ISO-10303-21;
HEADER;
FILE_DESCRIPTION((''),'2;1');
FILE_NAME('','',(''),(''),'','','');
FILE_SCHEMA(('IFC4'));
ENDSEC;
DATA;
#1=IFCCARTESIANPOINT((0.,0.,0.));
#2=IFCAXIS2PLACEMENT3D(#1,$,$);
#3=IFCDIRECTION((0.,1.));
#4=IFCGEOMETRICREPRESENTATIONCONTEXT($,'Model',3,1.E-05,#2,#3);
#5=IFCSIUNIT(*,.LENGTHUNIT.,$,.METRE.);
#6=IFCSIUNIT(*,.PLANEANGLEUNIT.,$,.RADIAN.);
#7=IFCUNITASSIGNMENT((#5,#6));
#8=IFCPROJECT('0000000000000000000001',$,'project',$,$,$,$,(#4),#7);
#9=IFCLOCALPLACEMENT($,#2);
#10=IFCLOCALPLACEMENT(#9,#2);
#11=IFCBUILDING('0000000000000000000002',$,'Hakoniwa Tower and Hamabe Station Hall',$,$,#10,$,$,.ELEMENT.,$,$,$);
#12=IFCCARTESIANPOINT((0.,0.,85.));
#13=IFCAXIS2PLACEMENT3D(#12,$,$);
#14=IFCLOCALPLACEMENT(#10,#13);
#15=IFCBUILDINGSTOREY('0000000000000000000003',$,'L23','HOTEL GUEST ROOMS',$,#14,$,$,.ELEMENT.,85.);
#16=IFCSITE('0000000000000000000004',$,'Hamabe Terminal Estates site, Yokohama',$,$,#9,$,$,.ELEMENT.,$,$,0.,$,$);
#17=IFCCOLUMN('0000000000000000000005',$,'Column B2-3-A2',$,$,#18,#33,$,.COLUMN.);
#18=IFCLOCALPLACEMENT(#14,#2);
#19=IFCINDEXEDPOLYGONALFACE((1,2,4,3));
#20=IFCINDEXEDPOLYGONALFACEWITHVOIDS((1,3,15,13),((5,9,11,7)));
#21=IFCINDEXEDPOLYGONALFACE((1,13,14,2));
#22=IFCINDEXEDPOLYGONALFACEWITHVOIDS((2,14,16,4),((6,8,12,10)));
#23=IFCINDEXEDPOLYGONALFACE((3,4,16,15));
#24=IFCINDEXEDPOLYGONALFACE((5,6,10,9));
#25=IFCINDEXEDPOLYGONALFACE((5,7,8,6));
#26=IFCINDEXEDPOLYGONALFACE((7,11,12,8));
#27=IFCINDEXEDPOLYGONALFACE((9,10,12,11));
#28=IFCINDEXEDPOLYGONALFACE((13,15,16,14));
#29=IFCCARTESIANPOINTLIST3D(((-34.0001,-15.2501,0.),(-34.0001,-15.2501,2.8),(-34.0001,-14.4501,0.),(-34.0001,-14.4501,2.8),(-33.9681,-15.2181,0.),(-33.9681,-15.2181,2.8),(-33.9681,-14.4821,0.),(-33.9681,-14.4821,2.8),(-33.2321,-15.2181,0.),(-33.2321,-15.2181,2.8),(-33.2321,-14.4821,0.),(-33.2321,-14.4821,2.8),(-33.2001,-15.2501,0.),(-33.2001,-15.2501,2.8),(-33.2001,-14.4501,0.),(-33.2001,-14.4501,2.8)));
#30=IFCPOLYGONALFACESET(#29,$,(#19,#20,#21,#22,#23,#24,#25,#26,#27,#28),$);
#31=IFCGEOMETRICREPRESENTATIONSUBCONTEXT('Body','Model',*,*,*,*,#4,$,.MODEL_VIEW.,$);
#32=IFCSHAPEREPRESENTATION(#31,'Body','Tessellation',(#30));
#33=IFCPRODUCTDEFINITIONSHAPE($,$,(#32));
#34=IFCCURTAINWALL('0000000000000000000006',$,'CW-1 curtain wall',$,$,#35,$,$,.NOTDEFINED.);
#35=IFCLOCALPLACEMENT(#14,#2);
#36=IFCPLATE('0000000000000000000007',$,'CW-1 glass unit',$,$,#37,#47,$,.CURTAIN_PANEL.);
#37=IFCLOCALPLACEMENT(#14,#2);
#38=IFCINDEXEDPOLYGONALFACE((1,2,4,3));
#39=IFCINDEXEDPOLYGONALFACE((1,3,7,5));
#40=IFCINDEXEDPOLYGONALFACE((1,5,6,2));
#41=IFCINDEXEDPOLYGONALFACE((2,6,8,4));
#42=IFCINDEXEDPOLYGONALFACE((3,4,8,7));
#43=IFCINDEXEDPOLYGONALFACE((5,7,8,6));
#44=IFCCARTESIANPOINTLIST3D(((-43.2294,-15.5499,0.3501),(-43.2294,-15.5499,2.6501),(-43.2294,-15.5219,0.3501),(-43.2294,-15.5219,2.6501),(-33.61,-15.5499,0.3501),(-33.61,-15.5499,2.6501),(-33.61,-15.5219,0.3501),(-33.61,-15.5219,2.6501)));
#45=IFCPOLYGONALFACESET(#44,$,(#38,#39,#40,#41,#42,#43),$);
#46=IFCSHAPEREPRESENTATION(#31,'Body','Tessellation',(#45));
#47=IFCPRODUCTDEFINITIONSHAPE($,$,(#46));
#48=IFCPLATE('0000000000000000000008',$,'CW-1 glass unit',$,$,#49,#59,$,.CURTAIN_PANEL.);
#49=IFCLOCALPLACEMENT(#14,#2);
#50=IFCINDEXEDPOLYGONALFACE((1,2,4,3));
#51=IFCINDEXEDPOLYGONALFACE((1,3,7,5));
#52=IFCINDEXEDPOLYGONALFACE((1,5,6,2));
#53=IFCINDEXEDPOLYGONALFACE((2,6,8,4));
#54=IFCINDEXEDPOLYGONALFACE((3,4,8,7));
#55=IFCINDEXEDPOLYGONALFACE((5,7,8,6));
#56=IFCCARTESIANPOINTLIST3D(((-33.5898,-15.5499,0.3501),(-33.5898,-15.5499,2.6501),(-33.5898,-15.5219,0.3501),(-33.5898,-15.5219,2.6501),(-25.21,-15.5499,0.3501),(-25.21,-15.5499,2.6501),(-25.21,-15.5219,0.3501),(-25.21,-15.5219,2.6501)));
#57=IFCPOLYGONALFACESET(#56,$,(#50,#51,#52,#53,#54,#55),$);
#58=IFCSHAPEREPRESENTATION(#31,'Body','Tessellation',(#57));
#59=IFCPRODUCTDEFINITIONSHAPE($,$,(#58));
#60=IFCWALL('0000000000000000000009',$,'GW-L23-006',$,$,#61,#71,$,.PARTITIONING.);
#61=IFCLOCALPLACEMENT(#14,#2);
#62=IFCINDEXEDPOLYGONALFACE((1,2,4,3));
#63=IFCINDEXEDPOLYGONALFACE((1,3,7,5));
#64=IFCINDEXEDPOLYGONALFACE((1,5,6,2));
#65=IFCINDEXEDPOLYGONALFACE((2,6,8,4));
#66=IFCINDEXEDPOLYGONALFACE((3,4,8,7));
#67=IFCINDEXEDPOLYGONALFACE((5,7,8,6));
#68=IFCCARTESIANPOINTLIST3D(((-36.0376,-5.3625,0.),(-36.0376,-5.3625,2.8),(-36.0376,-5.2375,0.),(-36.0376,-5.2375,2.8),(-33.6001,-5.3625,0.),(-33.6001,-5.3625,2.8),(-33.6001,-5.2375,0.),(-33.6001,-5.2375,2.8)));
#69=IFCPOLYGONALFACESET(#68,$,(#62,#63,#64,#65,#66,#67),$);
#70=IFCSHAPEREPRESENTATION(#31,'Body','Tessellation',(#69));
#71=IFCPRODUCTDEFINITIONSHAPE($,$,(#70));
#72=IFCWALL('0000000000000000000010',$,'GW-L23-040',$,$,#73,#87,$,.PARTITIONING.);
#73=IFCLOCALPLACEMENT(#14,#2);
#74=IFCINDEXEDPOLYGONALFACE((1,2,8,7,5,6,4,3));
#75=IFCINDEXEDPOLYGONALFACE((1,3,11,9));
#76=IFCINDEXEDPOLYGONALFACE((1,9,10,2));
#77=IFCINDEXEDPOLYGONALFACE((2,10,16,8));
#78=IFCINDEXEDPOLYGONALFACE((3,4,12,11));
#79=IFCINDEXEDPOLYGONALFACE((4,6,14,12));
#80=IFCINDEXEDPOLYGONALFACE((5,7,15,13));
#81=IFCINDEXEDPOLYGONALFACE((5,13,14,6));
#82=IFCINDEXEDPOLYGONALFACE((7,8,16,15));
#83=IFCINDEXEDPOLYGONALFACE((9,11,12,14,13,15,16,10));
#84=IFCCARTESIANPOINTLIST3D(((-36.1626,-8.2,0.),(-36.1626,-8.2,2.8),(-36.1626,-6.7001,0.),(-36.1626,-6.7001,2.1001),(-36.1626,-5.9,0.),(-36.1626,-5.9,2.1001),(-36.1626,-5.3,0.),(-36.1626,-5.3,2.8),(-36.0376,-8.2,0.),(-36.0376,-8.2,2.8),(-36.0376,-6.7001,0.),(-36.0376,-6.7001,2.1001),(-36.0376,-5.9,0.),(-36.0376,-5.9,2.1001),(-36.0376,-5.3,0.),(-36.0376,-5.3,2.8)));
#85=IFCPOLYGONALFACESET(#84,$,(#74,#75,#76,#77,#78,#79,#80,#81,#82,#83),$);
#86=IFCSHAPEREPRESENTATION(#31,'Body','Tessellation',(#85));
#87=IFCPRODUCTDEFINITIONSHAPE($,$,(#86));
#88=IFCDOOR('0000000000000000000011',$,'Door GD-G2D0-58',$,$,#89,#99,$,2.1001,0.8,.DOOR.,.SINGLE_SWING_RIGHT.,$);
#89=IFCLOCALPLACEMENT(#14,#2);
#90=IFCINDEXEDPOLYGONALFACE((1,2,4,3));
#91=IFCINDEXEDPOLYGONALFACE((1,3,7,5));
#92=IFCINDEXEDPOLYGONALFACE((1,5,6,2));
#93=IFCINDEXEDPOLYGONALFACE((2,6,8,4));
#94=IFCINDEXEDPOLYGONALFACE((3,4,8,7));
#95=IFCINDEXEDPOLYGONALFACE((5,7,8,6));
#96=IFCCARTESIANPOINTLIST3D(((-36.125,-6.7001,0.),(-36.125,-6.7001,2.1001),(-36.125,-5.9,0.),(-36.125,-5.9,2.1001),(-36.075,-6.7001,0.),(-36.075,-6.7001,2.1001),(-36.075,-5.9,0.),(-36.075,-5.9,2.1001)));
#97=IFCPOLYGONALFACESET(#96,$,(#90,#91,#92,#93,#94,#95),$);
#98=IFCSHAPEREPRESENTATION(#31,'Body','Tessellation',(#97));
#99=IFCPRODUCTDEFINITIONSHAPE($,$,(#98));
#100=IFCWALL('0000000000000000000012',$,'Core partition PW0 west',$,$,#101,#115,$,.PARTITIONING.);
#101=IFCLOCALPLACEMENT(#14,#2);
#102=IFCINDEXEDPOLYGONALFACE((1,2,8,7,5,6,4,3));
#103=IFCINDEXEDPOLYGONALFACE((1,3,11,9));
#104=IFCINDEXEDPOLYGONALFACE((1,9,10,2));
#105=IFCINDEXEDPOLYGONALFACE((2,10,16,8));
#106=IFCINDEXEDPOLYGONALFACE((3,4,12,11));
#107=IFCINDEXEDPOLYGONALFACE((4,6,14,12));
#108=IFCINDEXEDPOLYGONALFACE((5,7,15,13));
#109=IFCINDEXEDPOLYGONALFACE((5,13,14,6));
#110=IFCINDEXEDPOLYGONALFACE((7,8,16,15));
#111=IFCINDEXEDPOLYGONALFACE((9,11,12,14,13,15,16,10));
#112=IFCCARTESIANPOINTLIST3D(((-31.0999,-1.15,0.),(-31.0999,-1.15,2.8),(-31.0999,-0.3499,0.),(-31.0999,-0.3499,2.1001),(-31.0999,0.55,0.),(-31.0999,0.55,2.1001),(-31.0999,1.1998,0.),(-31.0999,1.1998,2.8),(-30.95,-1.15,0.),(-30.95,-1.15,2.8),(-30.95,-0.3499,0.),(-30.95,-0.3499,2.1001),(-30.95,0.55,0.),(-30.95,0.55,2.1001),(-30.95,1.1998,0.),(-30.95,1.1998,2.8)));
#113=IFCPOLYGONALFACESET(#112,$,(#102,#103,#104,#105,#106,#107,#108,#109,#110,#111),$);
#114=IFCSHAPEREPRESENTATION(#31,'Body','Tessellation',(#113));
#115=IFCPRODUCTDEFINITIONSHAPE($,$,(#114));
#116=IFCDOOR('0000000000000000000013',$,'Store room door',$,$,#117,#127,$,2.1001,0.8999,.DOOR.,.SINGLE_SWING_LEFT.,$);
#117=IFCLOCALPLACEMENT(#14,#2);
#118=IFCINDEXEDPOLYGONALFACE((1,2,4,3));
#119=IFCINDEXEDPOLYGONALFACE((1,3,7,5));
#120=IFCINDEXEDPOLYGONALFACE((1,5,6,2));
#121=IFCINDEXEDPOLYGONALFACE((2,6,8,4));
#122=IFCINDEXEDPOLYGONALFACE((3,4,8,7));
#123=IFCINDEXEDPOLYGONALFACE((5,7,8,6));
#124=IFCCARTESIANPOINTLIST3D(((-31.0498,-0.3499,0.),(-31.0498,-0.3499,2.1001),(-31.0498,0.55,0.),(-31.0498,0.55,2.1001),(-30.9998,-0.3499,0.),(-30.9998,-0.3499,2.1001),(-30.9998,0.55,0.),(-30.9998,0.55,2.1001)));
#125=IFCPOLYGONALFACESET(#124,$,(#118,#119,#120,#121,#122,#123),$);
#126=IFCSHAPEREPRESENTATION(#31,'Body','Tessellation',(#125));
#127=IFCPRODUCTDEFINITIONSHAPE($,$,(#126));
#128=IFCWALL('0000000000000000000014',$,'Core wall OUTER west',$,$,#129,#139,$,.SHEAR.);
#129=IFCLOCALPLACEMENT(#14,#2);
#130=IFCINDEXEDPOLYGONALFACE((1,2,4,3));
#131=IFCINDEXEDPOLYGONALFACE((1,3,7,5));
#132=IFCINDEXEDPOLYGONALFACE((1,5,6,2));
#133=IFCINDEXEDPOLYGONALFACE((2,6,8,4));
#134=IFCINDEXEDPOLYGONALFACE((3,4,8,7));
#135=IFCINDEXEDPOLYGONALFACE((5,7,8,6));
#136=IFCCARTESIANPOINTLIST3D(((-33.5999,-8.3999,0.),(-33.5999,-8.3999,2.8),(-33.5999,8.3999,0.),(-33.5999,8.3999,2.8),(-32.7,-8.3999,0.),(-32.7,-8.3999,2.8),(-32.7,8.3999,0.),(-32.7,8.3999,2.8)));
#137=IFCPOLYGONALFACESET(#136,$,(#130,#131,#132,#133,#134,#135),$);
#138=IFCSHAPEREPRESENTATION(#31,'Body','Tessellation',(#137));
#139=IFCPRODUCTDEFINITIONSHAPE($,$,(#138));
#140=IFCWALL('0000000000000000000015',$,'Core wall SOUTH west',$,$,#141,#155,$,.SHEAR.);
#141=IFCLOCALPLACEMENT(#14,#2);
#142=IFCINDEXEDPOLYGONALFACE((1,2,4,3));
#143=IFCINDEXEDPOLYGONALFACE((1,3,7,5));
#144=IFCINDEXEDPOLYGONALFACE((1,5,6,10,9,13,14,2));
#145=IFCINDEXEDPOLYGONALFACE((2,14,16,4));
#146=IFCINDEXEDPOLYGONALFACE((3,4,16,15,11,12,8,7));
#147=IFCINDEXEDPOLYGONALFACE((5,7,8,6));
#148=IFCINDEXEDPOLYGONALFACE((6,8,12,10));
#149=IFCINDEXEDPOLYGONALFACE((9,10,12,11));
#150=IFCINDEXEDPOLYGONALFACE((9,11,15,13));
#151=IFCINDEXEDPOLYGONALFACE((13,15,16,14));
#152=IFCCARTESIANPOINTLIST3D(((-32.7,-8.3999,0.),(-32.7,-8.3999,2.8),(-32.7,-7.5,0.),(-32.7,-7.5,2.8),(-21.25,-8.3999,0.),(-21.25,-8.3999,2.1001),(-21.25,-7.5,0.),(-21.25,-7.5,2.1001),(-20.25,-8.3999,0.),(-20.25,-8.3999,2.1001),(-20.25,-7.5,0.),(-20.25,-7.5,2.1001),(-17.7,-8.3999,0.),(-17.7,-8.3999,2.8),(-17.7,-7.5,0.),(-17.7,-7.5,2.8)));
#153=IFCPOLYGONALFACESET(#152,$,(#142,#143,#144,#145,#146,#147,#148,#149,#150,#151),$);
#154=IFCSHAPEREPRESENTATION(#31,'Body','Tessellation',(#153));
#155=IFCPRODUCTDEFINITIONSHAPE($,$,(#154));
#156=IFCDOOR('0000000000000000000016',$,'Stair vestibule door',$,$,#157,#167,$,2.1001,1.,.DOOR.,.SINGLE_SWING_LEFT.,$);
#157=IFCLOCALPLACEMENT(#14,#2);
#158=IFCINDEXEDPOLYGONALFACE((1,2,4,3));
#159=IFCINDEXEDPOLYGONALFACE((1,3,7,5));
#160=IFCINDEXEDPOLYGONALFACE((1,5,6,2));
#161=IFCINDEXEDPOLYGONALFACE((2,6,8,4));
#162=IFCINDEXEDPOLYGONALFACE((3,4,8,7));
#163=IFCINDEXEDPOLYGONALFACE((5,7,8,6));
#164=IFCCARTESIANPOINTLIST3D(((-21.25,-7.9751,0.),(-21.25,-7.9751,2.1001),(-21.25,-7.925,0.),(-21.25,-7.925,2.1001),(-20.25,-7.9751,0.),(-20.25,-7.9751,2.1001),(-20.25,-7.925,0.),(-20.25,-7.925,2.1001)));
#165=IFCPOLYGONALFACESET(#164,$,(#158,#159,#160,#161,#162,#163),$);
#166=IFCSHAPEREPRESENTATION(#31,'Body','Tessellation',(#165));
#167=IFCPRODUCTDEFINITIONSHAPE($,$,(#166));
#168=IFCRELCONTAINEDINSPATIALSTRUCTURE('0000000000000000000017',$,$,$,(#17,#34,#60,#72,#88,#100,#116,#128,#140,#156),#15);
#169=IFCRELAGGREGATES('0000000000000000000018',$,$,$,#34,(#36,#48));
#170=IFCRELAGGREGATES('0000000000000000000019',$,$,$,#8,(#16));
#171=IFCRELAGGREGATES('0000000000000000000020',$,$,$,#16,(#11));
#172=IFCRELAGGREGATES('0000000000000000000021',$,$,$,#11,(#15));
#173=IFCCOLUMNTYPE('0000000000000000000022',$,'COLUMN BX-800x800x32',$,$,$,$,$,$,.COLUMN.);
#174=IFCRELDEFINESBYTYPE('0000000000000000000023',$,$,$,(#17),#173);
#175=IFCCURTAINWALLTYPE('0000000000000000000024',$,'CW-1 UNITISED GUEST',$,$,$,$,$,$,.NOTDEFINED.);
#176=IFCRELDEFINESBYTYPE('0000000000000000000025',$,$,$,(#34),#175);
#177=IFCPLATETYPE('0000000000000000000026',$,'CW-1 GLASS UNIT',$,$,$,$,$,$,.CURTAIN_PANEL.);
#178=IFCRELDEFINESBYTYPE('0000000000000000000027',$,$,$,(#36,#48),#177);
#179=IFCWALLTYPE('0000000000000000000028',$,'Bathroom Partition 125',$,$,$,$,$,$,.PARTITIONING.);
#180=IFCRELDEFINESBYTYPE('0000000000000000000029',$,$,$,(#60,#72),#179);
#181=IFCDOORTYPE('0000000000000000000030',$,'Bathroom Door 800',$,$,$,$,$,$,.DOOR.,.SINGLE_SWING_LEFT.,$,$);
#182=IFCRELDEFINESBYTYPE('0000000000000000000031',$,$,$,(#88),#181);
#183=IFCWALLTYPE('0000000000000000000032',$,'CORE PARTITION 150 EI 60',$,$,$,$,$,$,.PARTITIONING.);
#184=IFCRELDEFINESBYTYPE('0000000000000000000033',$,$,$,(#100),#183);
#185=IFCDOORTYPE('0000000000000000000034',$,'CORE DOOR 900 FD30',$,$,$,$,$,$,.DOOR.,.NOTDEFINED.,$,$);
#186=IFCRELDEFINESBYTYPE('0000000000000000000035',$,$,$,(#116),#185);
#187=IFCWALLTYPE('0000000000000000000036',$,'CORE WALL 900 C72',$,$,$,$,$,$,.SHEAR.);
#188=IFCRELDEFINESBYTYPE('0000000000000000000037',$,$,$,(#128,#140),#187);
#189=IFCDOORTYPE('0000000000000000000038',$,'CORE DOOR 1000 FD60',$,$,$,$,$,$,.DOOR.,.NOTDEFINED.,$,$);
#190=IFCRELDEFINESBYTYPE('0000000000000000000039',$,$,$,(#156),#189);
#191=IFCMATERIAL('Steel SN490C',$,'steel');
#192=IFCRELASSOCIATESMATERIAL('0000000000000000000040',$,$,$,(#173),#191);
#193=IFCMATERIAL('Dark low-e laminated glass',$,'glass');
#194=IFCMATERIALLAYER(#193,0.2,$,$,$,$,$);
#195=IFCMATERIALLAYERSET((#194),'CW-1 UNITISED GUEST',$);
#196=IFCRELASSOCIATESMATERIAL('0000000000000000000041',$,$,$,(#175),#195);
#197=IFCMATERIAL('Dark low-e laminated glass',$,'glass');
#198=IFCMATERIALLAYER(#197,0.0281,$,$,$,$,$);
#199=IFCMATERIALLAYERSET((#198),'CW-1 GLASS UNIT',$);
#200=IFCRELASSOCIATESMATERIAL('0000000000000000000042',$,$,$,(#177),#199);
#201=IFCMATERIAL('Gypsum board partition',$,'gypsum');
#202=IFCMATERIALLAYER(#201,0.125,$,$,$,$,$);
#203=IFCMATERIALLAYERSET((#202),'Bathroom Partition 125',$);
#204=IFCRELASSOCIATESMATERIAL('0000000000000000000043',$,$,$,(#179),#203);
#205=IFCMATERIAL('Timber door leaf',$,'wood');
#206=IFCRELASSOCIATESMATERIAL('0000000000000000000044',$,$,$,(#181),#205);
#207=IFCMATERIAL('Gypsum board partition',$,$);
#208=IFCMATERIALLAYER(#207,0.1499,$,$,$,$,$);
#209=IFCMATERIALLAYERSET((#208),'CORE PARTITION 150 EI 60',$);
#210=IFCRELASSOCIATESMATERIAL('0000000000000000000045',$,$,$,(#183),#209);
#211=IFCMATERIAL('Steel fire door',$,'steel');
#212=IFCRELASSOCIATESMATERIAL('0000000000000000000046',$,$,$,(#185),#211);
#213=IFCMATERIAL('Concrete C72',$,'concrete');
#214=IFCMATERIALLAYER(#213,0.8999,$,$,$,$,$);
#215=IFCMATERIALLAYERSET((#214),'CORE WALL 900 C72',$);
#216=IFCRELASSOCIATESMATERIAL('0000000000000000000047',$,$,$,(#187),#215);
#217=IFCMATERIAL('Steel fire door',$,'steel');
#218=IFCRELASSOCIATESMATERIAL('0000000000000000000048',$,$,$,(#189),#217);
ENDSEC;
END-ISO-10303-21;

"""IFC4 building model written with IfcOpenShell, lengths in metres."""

from ifc_helpers import new_model, si_unit, direction, frame, frame_2d, origin, origin_2d, place, context, subcontext, project, spatial, rectangle, hollow_rectangle, extrude, material, layer, layer_set, material_profile, profile_set, type_object, element, fill, aggregate, save


model = new_model("IFC4")

# Units and contexts
model_context = context("Model", 3, precision=1e-05, world=origin(), true_north=direction((0.0, 1.0)))
body_context = subcontext(model_context, "Body", "Model", "MODEL_VIEW")
ifc_project = project(units=[si_unit("LENGTHUNIT", "METRE"), si_unit("PLANEANGLEUNIT", "RADIAN")], contexts=[model_context])

# Site, building, storey
site_placement = place(None, origin())
site = spatial("IfcSite", under=ifc_project, at=site_placement, Name="Hamabe Terminal Estates site, Yokohama", CompositionType="ELEMENT", RefElevation=0.0)
building_placement = place(site_placement, origin())
building = spatial("IfcBuilding", under=site, at=building_placement, Name="Hakoniwa Tower and Hamabe Station Hall", CompositionType="ELEMENT")
storey_placement = place(building_placement, frame((0.0, 0.0, 85.0)))
storey = spatial("IfcBuildingStorey", under=building, at=storey_placement, Name="L23", Description="HOTEL GUEST ROOMS", CompositionType="ELEMENT", Elevation=85.0)

# Column
ifc_material_1 = material(Name="Steel SN490C", Category="steel")
ifc_material_profile = material_profile(ifc_material_1, hollow_rectangle(XDim=0.8, YDim=0.8, WallThickness=0.032, at=origin_2d()), Name="BX-800x800x32")
ifc_profile_set = profile_set([ifc_material_profile], Name="Steel SN490C")
column_type = type_object("IfcColumnType", Name="COLUMN BX-800x800x32", PredefinedType="COLUMN", material=ifc_profile_set)
column_placement = place(storey_placement, frame((-33.6001, -14.8501, 0.0), z_axis=(0.0, 0.0, 1.0), x_axis=(1.0, 0.0, 0.0)))
element("IfcColumn", 1, at=column_placement, inside=storey, type_object=column_type, Name="Column B2-3-A2", PredefinedType="COLUMN", context=body_context, shape_type="SweptSolid", body=[
    extrude(hollow_rectangle(XDim=0.8, YDim=0.8, WallThickness=0.032, at=origin_2d()), origin(), (0.0, 0.0, 1.0), 2.8),
])

# Curtain wall, plates
ifc_material_2 = material(Name="Dark low-e laminated glass", Category="glass")
ifc_layer_1 = layer(ifc_material_2, 0.2)
ifc_layer_set_1 = layer_set([ifc_layer_1], Name="CW-1 UNITISED GUEST")
curtain_wall_type = type_object("IfcCurtainWallType", Name="CW-1 UNITISED GUEST", PredefinedType="NOTDEFINED", material=ifc_layer_set_1)
curtain_wall_placement = place(storey_placement, origin())
curtain_wall = element("IfcCurtainWall", 2, at=curtain_wall_placement, inside=storey, type_object=curtain_wall_type, Name="CW-1 curtain wall", PredefinedType="NOTDEFINED")
ifc_material_3 = material(Name="Dark low-e laminated glass", Category="glass")
ifc_layer_2 = layer(ifc_material_3, 0.0281)
ifc_layer_set_2 = layer_set([ifc_layer_2], Name="CW-1 GLASS UNIT")
plate_type = type_object("IfcPlateType", Name="CW-1 GLASS UNIT", PredefinedType="CURTAIN_PANEL", material=ifc_layer_set_2)
plate_1_placement = place(storey_placement, frame((-38.4197, -15.5359, 0.3501), z_axis=(0.0, 0.0, 1.0), x_axis=(1.0, 0.0, 0.0)))
plate_1 = element("IfcPlate", 3, at=plate_1_placement, type_object=plate_type, Name="CW-1 glass unit", PredefinedType="CURTAIN_PANEL", context=body_context, shape_type="SweptSolid", body=[
    extrude(rectangle(XDim=9.6194, YDim=0.0281, at=origin_2d()), origin(), (0.0, 0.0, 1.0), 2.3),
])
plate_2_placement = place(storey_placement, frame((-29.3999, -15.5359, 0.3501), z_axis=(0.0, 0.0, 1.0), x_axis=(1.0, 0.0, 0.0)))
plate_2 = element("IfcPlate", 4, at=plate_2_placement, type_object=plate_type, Name="CW-1 glass unit", PredefinedType="CURTAIN_PANEL", context=body_context, shape_type="SweptSolid", body=[
    extrude(rectangle(XDim=8.3799, YDim=0.0281, at=origin_2d()), origin(), (0.0, 0.0, 1.0), 2.3),
])
aggregate(curtain_wall, [plate_1, plate_2])

# Wall
ifc_material_4 = material(Name="Gypsum board partition", Category="gypsum")
ifc_layer_3 = layer(ifc_material_4, 0.125)
ifc_layer_set_3 = layer_set([ifc_layer_3], Name="Bathroom Partition 125")
wall_type_1 = type_object("IfcWallType", Name="Bathroom Partition 125", PredefinedType="PARTITIONING", material=ifc_layer_set_3)
wall_1_placement = place(storey_placement, frame((-36.0376, -5.3, 0.0), z_axis=(0.0, 0.0, 1.0), x_axis=(1.0, 0.0, 0.0)))
element("IfcWall", 5, at=wall_1_placement, inside=storey, type_object=wall_type_1, Name="GW-L23-006", PredefinedType="PARTITIONING", context=body_context, shape_type="SweptSolid", body=[
    extrude(rectangle(XDim=2.4375, YDim=0.125, at=frame_2d((1.2188, 0.0))), origin(), (0.0, 0.0, 1.0), 2.8),
])

# Walls, openings, doors
wall_2_placement = place(storey_placement, frame((-36.1001, -8.2, 0.0), z_axis=(0.0, 0.0, 1.0), x_axis=(0.0, 1.0, 0.0)))
wall_2 = element("IfcWall", 6, at=wall_2_placement, inside=storey, type_object=wall_type_1, Name="GW-L23-040", PredefinedType="PARTITIONING", context=body_context, shape_type="SweptSolid", body=[
    extrude(rectangle(XDim=2.8999, YDim=0.125, at=frame_2d((1.45, 0.0))), origin(), (0.0, 0.0, 1.0), 2.8),
])
opening_1_placement = place(wall_2_placement, frame((1.5, 0.0, 0.0)))
opening_1 = element("IfcOpeningElement", 7, at=opening_1_placement, cuts=wall_2, PredefinedType="OPENING", context=body_context, shape_type="SweptSolid", body=[
    extrude(rectangle(XDim=0.8, YDim=2.1001, at=frame_2d((0.3999, 1.05))), frame((0.0, 0.0725, 0.0), z_axis=(0.0, -1.0, 0.0), x_axis=(1.0, 0.0, 0.0)), (0.0, 0.0, 1.0), 0.145),
])
ifc_material_5 = material(Name="Timber door leaf", Category="wood")
door_type_1 = type_object("IfcDoorType", Name="Bathroom Door 800", OperationType="SINGLE_SWING_LEFT", PredefinedType="DOOR", material=ifc_material_5)
door_1_placement = place(opening_1_placement, origin())
door_1 = element("IfcDoor", 8, at=door_1_placement, inside=storey, type_object=door_type_1, Name="Door GD-G2D0-58", OperationType="SINGLE_SWING_RIGHT", OverallHeight=2.1001, OverallWidth=0.8, PredefinedType="DOOR", context=body_context, shape_type="SweptSolid", body=[
    extrude(rectangle(XDim=0.8, YDim=2.1001, at=frame_2d((0.3999, 1.05))), frame((0.0, 0.0249, 0.0), z_axis=(0.0, -1.0, 0.0), x_axis=(1.0, 0.0, 0.0)), (0.0, 0.0, 1.0), 0.05),
])
fill(opening_1, door_1)
ifc_material_6 = material(Name="Gypsum board partition")
ifc_layer_4 = layer(ifc_material_6, 0.1499)
ifc_layer_set_4 = layer_set([ifc_layer_4], Name="CORE PARTITION 150 EI 60")
wall_type_2 = type_object("IfcWallType", Name="CORE PARTITION 150 EI 60", PredefinedType="PARTITIONING", material=ifc_layer_set_4)
wall_3_placement = place(storey_placement, frame((-31.0249, -1.1499, 0.0), z_axis=(0.0, 0.0, 1.0), x_axis=(0.0, 1.0, 0.0)))
wall_3 = element("IfcWall", 9, at=wall_3_placement, inside=storey, type_object=wall_type_2, Name="Core partition PW0 west", PredefinedType="PARTITIONING", context=body_context, shape_type="SweptSolid", body=[
    extrude(rectangle(XDim=2.3499, YDim=0.1499, at=frame_2d((1.1748, 0.0))), origin(), (0.0, 0.0, 1.0), 2.8),
])
opening_2_placement = place(wall_3_placement, frame((0.8, 0.0, 0.0)))
opening_2 = element("IfcOpeningElement", 10, at=opening_2_placement, cuts=wall_3, PredefinedType="OPENING", context=body_context, shape_type="SweptSolid", body=[
    extrude(rectangle(XDim=0.8999, YDim=2.1001, at=frame_2d((0.45, 1.05))), frame((0.0, 0.085, 0.0), z_axis=(0.0, -1.0, 0.0), x_axis=(1.0, 0.0, 0.0)), (0.0, 0.0, 1.0), 0.1699),
])
ifc_material_7 = material(Name="Steel fire door", Category="steel")
door_type_2 = type_object("IfcDoorType", Name="CORE DOOR 900 FD30", OperationType="NOTDEFINED", PredefinedType="DOOR", material=ifc_material_7)
door_2_placement = place(opening_2_placement, origin())
door_2 = element("IfcDoor", 11, at=door_2_placement, inside=storey, type_object=door_type_2, Name="Store room door", OperationType="SINGLE_SWING_LEFT", OverallHeight=2.1001, OverallWidth=0.8999, PredefinedType="DOOR", context=body_context, shape_type="SweptSolid", body=[
    extrude(rectangle(XDim=0.8999, YDim=2.1001, at=frame_2d((0.45, 1.05))), frame((0.0, 0.0249, 0.0), z_axis=(0.0, -1.0, 0.0), x_axis=(1.0, 0.0, 0.0)), (0.0, 0.0, 1.0), 0.05),
])
fill(opening_2, door_2)

# Wall
ifc_material_8 = material(Name="Concrete C72", Category="concrete")
ifc_layer_5 = layer(ifc_material_8, 0.8999)
ifc_layer_set_5 = layer_set([ifc_layer_5], Name="CORE WALL 900 C72")
wall_type_3 = type_object("IfcWallType", Name="CORE WALL 900 C72", PredefinedType="SHEAR", material=ifc_layer_set_5)
wall_4_placement = place(storey_placement, frame((-33.1499, -8.3999, 0.0), z_axis=(0.0, 0.0, 1.0), x_axis=(0.0, 1.0, 0.0)))
element("IfcWall", 12, at=wall_4_placement, inside=storey, type_object=wall_type_3, Name="Core wall OUTER west", PredefinedType="SHEAR", context=body_context, shape_type="SweptSolid", body=[
    extrude(rectangle(XDim=16.7998, YDim=0.8999, at=frame_2d((8.3999, 0.0))), origin(), (0.0, 0.0, 1.0), 2.8),
])

# Wall, opening, door
wall_5_placement = place(storey_placement, frame((-32.7, -7.95, 0.0), z_axis=(0.0, 0.0, 1.0), x_axis=(1.0, 0.0, 0.0)))
wall_5 = element("IfcWall", 13, at=wall_5_placement, inside=storey, type_object=wall_type_3, Name="Core wall SOUTH west", PredefinedType="SHEAR", context=body_context, shape_type="SweptSolid", body=[
    extrude(rectangle(XDim=15.0, YDim=0.8999, at=frame_2d((7.5, 0.0))), origin(), (0.0, 0.0, 1.0), 2.8),
])
opening_3_placement = place(wall_5_placement, frame((11.45, 0.0, 0.0)))
opening_3 = element("IfcOpeningElement", 14, at=opening_3_placement, cuts=wall_5, PredefinedType="OPENING", context=body_context, shape_type="SweptSolid", body=[
    extrude(rectangle(XDim=1.0, YDim=2.1001, at=frame_2d((0.5, 1.05))), frame((0.0, 0.46, 0.0), z_axis=(0.0, -1.0, 0.0), x_axis=(1.0, 0.0, 0.0)), (0.0, 0.0, 1.0), 0.9199),
])
ifc_material_9 = material(Name="Steel fire door", Category="steel")
door_type_3 = type_object("IfcDoorType", Name="CORE DOOR 1000 FD60", OperationType="NOTDEFINED", PredefinedType="DOOR", material=ifc_material_9)
door_3_placement = place(opening_3_placement, origin())
door_3 = element("IfcDoor", 15, at=door_3_placement, inside=storey, type_object=door_type_3, Name="Stair vestibule door", OperationType="SINGLE_SWING_LEFT", OverallHeight=2.1001, OverallWidth=1.0, PredefinedType="DOOR", context=body_context, shape_type="SweptSolid", body=[
    extrude(rectangle(XDim=1.0, YDim=2.1001, at=frame_2d((0.5, 1.05))), frame((0.0, 0.0249, 0.0), z_axis=(0.0, -1.0, 0.0), x_axis=(1.0, 0.0, 0.0)), (0.0, 0.0, 1.0), 0.05),
])
fill(opening_3, door_3)

save(model, "model.ifc")
